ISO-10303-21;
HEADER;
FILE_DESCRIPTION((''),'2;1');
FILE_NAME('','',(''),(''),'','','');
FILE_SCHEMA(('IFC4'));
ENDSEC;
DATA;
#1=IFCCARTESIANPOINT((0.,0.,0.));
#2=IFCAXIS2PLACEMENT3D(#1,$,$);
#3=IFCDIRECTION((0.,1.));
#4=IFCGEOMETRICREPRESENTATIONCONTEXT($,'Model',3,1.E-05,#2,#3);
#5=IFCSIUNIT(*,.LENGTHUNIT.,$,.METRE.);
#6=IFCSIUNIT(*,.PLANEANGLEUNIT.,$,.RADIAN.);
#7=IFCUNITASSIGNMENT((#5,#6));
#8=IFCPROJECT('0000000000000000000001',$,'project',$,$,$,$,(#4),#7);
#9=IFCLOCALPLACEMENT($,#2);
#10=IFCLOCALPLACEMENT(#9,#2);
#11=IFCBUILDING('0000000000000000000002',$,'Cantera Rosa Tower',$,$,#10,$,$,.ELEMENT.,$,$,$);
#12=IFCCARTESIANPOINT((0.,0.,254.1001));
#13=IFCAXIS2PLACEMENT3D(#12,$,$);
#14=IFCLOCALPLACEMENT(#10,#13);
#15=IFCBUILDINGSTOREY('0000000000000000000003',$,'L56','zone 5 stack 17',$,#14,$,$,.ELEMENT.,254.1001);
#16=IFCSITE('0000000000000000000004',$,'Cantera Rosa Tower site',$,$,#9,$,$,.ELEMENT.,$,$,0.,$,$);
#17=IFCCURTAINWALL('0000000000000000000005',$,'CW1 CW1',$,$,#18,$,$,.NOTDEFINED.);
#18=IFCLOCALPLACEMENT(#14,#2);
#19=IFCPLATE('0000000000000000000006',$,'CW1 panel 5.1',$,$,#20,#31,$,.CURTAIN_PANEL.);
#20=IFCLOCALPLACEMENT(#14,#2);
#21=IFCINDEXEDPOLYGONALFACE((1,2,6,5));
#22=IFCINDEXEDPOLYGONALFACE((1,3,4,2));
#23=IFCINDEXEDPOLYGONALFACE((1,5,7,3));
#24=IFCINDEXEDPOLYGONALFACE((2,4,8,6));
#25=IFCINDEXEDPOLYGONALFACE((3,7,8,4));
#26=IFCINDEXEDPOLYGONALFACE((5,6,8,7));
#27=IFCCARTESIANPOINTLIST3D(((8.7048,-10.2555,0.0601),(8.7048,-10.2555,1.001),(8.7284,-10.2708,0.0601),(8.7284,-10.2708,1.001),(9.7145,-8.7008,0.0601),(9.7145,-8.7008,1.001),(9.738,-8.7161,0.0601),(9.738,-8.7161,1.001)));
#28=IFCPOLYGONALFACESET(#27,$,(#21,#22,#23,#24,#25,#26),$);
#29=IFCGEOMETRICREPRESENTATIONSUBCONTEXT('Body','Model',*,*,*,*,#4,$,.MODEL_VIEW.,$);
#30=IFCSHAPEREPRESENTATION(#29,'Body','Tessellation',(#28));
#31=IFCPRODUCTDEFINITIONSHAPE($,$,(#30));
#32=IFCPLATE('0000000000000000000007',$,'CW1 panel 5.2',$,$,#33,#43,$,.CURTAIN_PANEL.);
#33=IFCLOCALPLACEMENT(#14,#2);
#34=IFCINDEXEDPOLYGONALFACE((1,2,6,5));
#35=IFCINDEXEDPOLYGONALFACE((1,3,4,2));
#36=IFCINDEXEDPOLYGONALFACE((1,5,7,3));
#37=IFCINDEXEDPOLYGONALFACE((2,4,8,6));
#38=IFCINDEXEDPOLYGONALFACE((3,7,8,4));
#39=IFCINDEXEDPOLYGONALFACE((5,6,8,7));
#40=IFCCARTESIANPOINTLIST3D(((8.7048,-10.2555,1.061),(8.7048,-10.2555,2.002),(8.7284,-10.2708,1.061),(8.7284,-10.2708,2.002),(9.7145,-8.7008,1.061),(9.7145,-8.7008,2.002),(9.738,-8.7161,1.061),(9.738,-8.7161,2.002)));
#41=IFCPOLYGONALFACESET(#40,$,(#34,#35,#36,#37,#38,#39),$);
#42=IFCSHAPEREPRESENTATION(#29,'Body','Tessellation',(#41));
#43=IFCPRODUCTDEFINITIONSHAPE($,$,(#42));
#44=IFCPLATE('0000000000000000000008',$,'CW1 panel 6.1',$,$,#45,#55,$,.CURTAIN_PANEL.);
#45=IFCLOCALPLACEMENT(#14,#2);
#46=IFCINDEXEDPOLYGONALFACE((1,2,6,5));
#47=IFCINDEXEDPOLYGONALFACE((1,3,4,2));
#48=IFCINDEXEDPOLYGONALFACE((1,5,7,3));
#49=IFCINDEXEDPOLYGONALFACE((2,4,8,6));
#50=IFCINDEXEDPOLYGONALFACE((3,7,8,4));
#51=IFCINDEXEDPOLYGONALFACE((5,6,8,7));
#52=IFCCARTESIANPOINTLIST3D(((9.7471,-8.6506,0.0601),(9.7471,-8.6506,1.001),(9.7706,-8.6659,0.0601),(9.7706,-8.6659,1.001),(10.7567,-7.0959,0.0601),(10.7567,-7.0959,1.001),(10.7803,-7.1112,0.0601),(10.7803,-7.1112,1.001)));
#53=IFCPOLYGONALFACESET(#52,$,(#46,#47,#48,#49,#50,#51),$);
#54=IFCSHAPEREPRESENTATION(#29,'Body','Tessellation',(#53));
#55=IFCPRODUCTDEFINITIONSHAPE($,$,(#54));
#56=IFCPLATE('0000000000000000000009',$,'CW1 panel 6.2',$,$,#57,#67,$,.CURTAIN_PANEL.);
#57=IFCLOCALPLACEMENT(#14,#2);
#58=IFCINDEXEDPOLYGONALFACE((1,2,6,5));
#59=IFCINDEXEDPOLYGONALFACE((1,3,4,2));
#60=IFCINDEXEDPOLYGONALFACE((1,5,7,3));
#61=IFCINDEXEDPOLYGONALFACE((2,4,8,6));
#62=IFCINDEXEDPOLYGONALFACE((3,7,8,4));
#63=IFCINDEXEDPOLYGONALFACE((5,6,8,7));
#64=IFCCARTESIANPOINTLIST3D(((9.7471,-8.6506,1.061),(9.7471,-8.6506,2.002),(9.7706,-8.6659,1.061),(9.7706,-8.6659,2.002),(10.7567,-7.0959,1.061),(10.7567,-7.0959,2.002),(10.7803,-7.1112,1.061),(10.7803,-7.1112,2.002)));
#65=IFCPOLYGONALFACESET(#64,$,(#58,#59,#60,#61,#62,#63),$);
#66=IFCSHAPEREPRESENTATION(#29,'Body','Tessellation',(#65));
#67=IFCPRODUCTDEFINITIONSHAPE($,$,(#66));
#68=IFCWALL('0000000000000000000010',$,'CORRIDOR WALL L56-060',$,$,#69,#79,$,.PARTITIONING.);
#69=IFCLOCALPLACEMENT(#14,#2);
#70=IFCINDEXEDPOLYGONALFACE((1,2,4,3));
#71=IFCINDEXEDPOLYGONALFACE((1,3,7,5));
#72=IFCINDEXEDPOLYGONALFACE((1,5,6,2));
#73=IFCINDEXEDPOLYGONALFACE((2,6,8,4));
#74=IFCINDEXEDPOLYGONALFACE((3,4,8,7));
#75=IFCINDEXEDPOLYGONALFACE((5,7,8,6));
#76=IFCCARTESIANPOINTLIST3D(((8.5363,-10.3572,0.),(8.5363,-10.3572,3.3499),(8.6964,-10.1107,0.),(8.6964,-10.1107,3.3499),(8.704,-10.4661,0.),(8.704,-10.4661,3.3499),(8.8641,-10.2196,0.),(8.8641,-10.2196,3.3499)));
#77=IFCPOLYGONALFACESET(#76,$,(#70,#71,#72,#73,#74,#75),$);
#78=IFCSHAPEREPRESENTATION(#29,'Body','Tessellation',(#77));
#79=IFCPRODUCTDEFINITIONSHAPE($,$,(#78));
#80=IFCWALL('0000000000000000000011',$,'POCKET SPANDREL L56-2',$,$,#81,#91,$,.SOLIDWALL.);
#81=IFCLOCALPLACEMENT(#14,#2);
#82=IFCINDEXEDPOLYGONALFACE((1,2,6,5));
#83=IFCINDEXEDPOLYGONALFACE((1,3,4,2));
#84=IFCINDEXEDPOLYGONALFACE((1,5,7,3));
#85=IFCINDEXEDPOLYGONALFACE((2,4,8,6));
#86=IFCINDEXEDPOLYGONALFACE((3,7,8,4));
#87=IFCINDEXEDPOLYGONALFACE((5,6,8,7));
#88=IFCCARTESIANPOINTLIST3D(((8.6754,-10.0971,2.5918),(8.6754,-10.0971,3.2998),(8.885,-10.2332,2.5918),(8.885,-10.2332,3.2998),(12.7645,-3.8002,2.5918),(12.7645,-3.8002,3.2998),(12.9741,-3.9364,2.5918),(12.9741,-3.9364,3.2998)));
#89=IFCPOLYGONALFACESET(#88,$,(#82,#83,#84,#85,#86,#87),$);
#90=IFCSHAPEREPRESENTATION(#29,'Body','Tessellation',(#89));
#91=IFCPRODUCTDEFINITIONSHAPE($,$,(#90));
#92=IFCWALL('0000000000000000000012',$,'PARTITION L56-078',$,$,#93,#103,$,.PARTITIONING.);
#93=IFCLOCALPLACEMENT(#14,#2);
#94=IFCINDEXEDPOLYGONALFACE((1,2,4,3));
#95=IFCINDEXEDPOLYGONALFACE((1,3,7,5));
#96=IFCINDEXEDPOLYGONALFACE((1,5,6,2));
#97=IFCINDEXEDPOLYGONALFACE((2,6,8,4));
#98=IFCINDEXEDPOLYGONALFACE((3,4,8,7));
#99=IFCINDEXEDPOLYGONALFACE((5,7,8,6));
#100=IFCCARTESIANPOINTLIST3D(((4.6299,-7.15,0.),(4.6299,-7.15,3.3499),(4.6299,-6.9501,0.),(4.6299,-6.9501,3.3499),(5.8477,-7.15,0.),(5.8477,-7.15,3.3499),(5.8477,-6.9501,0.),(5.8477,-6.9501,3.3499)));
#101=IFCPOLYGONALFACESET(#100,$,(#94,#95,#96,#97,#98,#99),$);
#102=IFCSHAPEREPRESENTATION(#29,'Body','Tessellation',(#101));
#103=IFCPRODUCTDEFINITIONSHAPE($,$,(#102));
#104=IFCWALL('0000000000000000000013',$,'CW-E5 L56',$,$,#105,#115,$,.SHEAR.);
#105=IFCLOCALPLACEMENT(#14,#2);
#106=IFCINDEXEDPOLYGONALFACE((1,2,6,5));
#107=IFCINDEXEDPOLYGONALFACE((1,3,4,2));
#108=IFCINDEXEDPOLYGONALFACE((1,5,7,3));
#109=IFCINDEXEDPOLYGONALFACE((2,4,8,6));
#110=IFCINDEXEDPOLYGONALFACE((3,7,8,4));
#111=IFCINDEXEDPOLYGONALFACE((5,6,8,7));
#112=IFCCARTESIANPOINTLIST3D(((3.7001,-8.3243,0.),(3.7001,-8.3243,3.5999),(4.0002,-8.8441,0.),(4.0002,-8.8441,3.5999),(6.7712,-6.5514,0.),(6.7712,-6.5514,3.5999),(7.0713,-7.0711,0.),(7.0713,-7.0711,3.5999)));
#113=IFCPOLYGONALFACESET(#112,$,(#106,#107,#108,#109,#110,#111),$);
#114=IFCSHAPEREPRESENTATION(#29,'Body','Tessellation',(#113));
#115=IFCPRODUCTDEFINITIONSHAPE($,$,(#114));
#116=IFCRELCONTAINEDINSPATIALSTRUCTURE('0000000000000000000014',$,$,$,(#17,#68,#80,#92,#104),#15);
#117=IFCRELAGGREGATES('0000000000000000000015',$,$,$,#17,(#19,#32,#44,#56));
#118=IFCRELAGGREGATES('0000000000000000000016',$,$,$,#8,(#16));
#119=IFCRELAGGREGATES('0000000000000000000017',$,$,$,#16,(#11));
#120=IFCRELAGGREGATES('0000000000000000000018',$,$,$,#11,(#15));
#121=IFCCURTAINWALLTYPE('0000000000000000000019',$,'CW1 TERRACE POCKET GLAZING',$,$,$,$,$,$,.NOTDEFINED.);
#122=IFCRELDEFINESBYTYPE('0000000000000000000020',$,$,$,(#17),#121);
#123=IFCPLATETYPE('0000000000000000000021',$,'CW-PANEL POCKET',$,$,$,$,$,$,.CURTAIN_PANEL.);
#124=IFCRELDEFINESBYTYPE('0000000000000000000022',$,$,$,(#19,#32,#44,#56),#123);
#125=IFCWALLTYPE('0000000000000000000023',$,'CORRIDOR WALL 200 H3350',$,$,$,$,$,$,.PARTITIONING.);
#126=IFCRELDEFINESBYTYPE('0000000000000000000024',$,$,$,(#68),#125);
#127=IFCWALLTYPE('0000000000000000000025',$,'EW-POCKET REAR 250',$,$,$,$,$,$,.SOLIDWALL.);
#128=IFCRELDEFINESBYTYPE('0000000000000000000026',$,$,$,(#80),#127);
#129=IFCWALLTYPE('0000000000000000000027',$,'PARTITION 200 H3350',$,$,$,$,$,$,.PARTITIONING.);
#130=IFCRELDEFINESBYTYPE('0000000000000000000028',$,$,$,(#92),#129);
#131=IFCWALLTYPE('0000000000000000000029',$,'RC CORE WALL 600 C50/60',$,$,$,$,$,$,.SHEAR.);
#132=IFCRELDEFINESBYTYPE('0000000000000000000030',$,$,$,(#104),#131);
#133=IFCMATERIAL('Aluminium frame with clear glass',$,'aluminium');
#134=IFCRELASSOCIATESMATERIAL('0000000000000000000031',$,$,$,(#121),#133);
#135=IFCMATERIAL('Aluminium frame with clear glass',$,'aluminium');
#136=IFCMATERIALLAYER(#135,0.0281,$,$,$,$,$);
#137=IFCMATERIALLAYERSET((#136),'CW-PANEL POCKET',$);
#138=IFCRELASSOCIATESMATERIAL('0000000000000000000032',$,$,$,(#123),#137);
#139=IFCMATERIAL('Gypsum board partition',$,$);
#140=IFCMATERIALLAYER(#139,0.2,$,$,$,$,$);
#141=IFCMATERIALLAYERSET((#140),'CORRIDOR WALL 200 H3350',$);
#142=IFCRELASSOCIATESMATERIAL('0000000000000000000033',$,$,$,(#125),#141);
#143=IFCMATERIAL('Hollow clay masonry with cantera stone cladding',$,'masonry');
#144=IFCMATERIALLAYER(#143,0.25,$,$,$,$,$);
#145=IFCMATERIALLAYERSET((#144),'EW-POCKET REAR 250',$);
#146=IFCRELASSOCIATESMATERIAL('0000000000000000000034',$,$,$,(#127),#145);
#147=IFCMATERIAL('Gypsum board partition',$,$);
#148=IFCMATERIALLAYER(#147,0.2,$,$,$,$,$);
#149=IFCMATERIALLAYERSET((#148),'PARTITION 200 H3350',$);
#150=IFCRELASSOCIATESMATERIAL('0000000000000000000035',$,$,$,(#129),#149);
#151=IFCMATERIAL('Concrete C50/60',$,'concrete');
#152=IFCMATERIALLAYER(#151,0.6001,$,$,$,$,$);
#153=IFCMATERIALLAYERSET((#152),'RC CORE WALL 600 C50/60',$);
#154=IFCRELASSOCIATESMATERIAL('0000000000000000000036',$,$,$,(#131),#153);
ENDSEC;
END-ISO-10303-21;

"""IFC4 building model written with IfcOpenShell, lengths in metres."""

from ifc_helpers import new_model, si_unit, direction, frame, frame_2d, origin, origin_2d, place, context, subcontext, project, spatial, rectangle, extrude, material, layer, layer_set, type_object, element, aggregate, save


model = new_model("IFC4")

# Units and contexts
model_context = context("Model", 3, precision=1e-05, world=origin(), true_north=direction((0.0, 1.0)))
body_context = subcontext(model_context, "Body", "Model", "MODEL_VIEW")
ifc_project = project(units=[si_unit("LENGTHUNIT", "METRE"), si_unit("PLANEANGLEUNIT", "RADIAN")], contexts=[model_context])

# Site, building, storey
site_placement = place(None, origin())
site = spatial("IfcSite", under=ifc_project, at=site_placement, Name="Cantera Rosa Tower site", CompositionType="ELEMENT", RefElevation=0.0)
building_placement = place(site_placement, origin())
building = spatial("IfcBuilding", under=site, at=building_placement, Name="Cantera Rosa Tower", CompositionType="ELEMENT")
storey_placement = place(building_placement, frame((0.0, 0.0, 254.1001)))
storey = spatial("IfcBuildingStorey", under=building, at=storey_placement, Name="L56", Description="zone 5 stack 17", CompositionType="ELEMENT", Elevation=254.1001)

# Curtain wall
ifc_material_1 = material(Name="Aluminium frame with clear glass", Category="aluminium")
curtain_wall_type = type_object("IfcCurtainWallType", Name="CW1 TERRACE POCKET GLAZING", PredefinedType="NOTDEFINED", material=ifc_material_1)
curtain_wall_placement = place(storey_placement, origin())
curtain_wall = element("IfcCurtainWall", 1, at=curtain_wall_placement, inside=storey, type_object=curtain_wall_type, Name="CW1 CW1", PredefinedType="NOTDEFINED")

# Plates
ifc_material_2 = material(Name="Aluminium frame with clear glass", Category="aluminium")
ifc_layer_1 = layer(ifc_material_2, 0.0281)
ifc_layer_set_1 = layer_set([ifc_layer_1], Name="CW-PANEL POCKET")
plate_type = type_object("IfcPlateType", Name="CW-PANEL POCKET", PredefinedType="CURTAIN_PANEL", material=ifc_layer_set_1)
plate_1_placement = place(storey_placement, frame((9.2214, -9.4858, 0.0601), z_axis=(0.0, 0.0, 1.0), x_axis=(0.544639, 0.838671, 0.0)))
plate_1 = element("IfcPlate", 2, at=plate_1_placement, type_object=plate_type, Name="CW1 panel 5.1", PredefinedType="CURTAIN_PANEL", context=body_context, shape_type="SweptSolid", body=[
    extrude(rectangle(XDim=1.8538, YDim=0.0281, at=origin_2d()), origin(), (0.0, 0.0, 1.0), 0.9409),
])
plate_2_placement = place(storey_placement, frame((9.2214, -9.4858, 1.061), z_axis=(0.0, 0.0, 1.0), x_axis=(0.544639, 0.838671, 0.0)))
plate_2 = element("IfcPlate", 3, at=plate_2_placement, type_object=plate_type, Name="CW1 panel 5.2", PredefinedType="CURTAIN_PANEL", context=body_context, shape_type="SweptSolid", body=[
    extrude(rectangle(XDim=1.8538, YDim=0.0281, at=origin_2d()), origin(), (0.0, 0.0, 1.0), 0.9409),
])
plate_3_placement = place(storey_placement, frame((10.2637, -7.8809, 0.0601), z_axis=(0.0, 0.0, 1.0), x_axis=(0.544639, 0.838671, 0.0)))
plate_3 = element("IfcPlate", 4, at=plate_3_placement, type_object=plate_type, Name="CW1 panel 6.1", PredefinedType="CURTAIN_PANEL", context=body_context, shape_type="SweptSolid", body=[
    extrude(rectangle(XDim=1.8538, YDim=0.0281, at=origin_2d()), origin(), (0.0, 0.0, 1.0), 0.9409),
])
plate_4_placement = place(storey_placement, frame((10.2637, -7.8809, 1.061), z_axis=(0.0, 0.0, 1.0), x_axis=(0.544639, 0.838671, 0.0)))
plate_4 = element("IfcPlate", 5, at=plate_4_placement, type_object=plate_type, Name="CW1 panel 6.2", PredefinedType="CURTAIN_PANEL", context=body_context, shape_type="SweptSolid", body=[
    extrude(rectangle(XDim=1.8538, YDim=0.0281, at=origin_2d()), origin(), (0.0, 0.0, 1.0), 0.9409),
])
aggregate(curtain_wall, [plate_1, plate_2, plate_3, plate_4])

# Walls
ifc_material_3 = material(Name="Gypsum board partition")
ifc_layer_2 = layer(ifc_material_3, 0.2)
ifc_layer_set_2 = layer_set([ifc_layer_2], Name="CORRIDOR WALL 200 H3350")
wall_type_1 = type_object("IfcWallType", Name="CORRIDOR WALL 200 H3350", PredefinedType="PARTITIONING", material=ifc_layer_set_2)
wall_1_placement = place(storey_placement, frame((8.6201, -10.4116, 0.0), z_axis=(0.0, 0.0, 1.0), x_axis=(0.544696, 0.838633, 0.0)))
element("IfcWall", 6, at=wall_1_placement, inside=storey, type_object=wall_type_1, Name="CORRIDOR WALL L56-060", PredefinedType="PARTITIONING", context=body_context, shape_type="SweptSolid", body=[
    extrude(rectangle(XDim=0.2939, YDim=0.2, at=frame_2d((0.147, 0.0))), origin(), (0.0, 0.0, 1.0), 3.3499),
])
ifc_material_4 = material(Name="Hollow clay masonry with cantera stone cladding", Category="masonry")
ifc_layer_3 = layer(ifc_material_4, 0.25)
ifc_layer_set_3 = layer_set([ifc_layer_3], Name="EW-POCKET REAR 250")
wall_type_2 = type_object("IfcWallType", Name="EW-POCKET REAR 250", PredefinedType="SOLIDWALL", material=ifc_layer_set_3)
wall_2_placement = place(storey_placement, frame((8.7803, -10.165, 2.5918), z_axis=(0.0, 0.0, 1.0), x_axis=(0.544627, 0.838678, 0.0)))
element("IfcWall", 7, at=wall_2_placement, inside=storey, type_object=wall_type_2, Name="POCKET SPANDREL L56-2", PredefinedType="SOLIDWALL", context=body_context, shape_type="SweptSolid", body=[
    extrude(rectangle(XDim=7.5081, YDim=0.25, at=frame_2d((3.7539, 0.0))), origin(), (0.0, 0.0, 1.0), 0.708),
])
ifc_material_5 = material(Name="Gypsum board partition")
ifc_layer_4 = layer(ifc_material_5, 0.2)
ifc_layer_set_4 = layer_set([ifc_layer_4], Name="PARTITION 200 H3350")
wall_type_3 = type_object("IfcWallType", Name="PARTITION 200 H3350", PredefinedType="PARTITIONING", material=ifc_layer_set_4)
wall_3_placement = place(storey_placement, frame((5.8477, -7.05, 0.0), z_axis=(0.0, 0.0, 1.0), x_axis=(-1.0, 0.0, 0.0)))
element("IfcWall", 8, at=wall_3_placement, inside=storey, type_object=wall_type_3, Name="PARTITION L56-078", PredefinedType="PARTITIONING", context=body_context, shape_type="SweptSolid", body=[
    extrude(rectangle(XDim=1.2178, YDim=0.2, at=frame_2d((0.6089, 0.0))), origin(), (0.0, 0.0, 1.0), 3.3499),
])
ifc_material_6 = material(Name="Concrete C50/60", Category="concrete")
ifc_layer_5 = layer(ifc_material_6, 0.6001)
ifc_layer_set_5 = layer_set([ifc_layer_5], Name="RC CORE WALL 600 C50/60")
wall_type_4 = type_object("IfcWallType", Name="RC CORE WALL 600 C50/60", PredefinedType="SHEAR", material=ifc_layer_set_5)
wall_4_placement = place(storey_placement, frame((6.9211, -6.8113, 0.0), z_axis=(0.0, 0.0, 1.0), x_axis=(-0.86604, -0.499975, 0.0)))
element("IfcWall", 9, at=wall_4_placement, inside=storey, type_object=wall_type_4, Name="CW-E5 L56", PredefinedType="SHEAR", context=body_context, shape_type="SweptSolid", body=[
    extrude(rectangle(XDim=3.5461, YDim=0.6001, at=frame_2d((1.7729, 0.0))), origin(), (0.0, 0.0, 1.0), 3.5999),
])

save(model, "model.ifc")
